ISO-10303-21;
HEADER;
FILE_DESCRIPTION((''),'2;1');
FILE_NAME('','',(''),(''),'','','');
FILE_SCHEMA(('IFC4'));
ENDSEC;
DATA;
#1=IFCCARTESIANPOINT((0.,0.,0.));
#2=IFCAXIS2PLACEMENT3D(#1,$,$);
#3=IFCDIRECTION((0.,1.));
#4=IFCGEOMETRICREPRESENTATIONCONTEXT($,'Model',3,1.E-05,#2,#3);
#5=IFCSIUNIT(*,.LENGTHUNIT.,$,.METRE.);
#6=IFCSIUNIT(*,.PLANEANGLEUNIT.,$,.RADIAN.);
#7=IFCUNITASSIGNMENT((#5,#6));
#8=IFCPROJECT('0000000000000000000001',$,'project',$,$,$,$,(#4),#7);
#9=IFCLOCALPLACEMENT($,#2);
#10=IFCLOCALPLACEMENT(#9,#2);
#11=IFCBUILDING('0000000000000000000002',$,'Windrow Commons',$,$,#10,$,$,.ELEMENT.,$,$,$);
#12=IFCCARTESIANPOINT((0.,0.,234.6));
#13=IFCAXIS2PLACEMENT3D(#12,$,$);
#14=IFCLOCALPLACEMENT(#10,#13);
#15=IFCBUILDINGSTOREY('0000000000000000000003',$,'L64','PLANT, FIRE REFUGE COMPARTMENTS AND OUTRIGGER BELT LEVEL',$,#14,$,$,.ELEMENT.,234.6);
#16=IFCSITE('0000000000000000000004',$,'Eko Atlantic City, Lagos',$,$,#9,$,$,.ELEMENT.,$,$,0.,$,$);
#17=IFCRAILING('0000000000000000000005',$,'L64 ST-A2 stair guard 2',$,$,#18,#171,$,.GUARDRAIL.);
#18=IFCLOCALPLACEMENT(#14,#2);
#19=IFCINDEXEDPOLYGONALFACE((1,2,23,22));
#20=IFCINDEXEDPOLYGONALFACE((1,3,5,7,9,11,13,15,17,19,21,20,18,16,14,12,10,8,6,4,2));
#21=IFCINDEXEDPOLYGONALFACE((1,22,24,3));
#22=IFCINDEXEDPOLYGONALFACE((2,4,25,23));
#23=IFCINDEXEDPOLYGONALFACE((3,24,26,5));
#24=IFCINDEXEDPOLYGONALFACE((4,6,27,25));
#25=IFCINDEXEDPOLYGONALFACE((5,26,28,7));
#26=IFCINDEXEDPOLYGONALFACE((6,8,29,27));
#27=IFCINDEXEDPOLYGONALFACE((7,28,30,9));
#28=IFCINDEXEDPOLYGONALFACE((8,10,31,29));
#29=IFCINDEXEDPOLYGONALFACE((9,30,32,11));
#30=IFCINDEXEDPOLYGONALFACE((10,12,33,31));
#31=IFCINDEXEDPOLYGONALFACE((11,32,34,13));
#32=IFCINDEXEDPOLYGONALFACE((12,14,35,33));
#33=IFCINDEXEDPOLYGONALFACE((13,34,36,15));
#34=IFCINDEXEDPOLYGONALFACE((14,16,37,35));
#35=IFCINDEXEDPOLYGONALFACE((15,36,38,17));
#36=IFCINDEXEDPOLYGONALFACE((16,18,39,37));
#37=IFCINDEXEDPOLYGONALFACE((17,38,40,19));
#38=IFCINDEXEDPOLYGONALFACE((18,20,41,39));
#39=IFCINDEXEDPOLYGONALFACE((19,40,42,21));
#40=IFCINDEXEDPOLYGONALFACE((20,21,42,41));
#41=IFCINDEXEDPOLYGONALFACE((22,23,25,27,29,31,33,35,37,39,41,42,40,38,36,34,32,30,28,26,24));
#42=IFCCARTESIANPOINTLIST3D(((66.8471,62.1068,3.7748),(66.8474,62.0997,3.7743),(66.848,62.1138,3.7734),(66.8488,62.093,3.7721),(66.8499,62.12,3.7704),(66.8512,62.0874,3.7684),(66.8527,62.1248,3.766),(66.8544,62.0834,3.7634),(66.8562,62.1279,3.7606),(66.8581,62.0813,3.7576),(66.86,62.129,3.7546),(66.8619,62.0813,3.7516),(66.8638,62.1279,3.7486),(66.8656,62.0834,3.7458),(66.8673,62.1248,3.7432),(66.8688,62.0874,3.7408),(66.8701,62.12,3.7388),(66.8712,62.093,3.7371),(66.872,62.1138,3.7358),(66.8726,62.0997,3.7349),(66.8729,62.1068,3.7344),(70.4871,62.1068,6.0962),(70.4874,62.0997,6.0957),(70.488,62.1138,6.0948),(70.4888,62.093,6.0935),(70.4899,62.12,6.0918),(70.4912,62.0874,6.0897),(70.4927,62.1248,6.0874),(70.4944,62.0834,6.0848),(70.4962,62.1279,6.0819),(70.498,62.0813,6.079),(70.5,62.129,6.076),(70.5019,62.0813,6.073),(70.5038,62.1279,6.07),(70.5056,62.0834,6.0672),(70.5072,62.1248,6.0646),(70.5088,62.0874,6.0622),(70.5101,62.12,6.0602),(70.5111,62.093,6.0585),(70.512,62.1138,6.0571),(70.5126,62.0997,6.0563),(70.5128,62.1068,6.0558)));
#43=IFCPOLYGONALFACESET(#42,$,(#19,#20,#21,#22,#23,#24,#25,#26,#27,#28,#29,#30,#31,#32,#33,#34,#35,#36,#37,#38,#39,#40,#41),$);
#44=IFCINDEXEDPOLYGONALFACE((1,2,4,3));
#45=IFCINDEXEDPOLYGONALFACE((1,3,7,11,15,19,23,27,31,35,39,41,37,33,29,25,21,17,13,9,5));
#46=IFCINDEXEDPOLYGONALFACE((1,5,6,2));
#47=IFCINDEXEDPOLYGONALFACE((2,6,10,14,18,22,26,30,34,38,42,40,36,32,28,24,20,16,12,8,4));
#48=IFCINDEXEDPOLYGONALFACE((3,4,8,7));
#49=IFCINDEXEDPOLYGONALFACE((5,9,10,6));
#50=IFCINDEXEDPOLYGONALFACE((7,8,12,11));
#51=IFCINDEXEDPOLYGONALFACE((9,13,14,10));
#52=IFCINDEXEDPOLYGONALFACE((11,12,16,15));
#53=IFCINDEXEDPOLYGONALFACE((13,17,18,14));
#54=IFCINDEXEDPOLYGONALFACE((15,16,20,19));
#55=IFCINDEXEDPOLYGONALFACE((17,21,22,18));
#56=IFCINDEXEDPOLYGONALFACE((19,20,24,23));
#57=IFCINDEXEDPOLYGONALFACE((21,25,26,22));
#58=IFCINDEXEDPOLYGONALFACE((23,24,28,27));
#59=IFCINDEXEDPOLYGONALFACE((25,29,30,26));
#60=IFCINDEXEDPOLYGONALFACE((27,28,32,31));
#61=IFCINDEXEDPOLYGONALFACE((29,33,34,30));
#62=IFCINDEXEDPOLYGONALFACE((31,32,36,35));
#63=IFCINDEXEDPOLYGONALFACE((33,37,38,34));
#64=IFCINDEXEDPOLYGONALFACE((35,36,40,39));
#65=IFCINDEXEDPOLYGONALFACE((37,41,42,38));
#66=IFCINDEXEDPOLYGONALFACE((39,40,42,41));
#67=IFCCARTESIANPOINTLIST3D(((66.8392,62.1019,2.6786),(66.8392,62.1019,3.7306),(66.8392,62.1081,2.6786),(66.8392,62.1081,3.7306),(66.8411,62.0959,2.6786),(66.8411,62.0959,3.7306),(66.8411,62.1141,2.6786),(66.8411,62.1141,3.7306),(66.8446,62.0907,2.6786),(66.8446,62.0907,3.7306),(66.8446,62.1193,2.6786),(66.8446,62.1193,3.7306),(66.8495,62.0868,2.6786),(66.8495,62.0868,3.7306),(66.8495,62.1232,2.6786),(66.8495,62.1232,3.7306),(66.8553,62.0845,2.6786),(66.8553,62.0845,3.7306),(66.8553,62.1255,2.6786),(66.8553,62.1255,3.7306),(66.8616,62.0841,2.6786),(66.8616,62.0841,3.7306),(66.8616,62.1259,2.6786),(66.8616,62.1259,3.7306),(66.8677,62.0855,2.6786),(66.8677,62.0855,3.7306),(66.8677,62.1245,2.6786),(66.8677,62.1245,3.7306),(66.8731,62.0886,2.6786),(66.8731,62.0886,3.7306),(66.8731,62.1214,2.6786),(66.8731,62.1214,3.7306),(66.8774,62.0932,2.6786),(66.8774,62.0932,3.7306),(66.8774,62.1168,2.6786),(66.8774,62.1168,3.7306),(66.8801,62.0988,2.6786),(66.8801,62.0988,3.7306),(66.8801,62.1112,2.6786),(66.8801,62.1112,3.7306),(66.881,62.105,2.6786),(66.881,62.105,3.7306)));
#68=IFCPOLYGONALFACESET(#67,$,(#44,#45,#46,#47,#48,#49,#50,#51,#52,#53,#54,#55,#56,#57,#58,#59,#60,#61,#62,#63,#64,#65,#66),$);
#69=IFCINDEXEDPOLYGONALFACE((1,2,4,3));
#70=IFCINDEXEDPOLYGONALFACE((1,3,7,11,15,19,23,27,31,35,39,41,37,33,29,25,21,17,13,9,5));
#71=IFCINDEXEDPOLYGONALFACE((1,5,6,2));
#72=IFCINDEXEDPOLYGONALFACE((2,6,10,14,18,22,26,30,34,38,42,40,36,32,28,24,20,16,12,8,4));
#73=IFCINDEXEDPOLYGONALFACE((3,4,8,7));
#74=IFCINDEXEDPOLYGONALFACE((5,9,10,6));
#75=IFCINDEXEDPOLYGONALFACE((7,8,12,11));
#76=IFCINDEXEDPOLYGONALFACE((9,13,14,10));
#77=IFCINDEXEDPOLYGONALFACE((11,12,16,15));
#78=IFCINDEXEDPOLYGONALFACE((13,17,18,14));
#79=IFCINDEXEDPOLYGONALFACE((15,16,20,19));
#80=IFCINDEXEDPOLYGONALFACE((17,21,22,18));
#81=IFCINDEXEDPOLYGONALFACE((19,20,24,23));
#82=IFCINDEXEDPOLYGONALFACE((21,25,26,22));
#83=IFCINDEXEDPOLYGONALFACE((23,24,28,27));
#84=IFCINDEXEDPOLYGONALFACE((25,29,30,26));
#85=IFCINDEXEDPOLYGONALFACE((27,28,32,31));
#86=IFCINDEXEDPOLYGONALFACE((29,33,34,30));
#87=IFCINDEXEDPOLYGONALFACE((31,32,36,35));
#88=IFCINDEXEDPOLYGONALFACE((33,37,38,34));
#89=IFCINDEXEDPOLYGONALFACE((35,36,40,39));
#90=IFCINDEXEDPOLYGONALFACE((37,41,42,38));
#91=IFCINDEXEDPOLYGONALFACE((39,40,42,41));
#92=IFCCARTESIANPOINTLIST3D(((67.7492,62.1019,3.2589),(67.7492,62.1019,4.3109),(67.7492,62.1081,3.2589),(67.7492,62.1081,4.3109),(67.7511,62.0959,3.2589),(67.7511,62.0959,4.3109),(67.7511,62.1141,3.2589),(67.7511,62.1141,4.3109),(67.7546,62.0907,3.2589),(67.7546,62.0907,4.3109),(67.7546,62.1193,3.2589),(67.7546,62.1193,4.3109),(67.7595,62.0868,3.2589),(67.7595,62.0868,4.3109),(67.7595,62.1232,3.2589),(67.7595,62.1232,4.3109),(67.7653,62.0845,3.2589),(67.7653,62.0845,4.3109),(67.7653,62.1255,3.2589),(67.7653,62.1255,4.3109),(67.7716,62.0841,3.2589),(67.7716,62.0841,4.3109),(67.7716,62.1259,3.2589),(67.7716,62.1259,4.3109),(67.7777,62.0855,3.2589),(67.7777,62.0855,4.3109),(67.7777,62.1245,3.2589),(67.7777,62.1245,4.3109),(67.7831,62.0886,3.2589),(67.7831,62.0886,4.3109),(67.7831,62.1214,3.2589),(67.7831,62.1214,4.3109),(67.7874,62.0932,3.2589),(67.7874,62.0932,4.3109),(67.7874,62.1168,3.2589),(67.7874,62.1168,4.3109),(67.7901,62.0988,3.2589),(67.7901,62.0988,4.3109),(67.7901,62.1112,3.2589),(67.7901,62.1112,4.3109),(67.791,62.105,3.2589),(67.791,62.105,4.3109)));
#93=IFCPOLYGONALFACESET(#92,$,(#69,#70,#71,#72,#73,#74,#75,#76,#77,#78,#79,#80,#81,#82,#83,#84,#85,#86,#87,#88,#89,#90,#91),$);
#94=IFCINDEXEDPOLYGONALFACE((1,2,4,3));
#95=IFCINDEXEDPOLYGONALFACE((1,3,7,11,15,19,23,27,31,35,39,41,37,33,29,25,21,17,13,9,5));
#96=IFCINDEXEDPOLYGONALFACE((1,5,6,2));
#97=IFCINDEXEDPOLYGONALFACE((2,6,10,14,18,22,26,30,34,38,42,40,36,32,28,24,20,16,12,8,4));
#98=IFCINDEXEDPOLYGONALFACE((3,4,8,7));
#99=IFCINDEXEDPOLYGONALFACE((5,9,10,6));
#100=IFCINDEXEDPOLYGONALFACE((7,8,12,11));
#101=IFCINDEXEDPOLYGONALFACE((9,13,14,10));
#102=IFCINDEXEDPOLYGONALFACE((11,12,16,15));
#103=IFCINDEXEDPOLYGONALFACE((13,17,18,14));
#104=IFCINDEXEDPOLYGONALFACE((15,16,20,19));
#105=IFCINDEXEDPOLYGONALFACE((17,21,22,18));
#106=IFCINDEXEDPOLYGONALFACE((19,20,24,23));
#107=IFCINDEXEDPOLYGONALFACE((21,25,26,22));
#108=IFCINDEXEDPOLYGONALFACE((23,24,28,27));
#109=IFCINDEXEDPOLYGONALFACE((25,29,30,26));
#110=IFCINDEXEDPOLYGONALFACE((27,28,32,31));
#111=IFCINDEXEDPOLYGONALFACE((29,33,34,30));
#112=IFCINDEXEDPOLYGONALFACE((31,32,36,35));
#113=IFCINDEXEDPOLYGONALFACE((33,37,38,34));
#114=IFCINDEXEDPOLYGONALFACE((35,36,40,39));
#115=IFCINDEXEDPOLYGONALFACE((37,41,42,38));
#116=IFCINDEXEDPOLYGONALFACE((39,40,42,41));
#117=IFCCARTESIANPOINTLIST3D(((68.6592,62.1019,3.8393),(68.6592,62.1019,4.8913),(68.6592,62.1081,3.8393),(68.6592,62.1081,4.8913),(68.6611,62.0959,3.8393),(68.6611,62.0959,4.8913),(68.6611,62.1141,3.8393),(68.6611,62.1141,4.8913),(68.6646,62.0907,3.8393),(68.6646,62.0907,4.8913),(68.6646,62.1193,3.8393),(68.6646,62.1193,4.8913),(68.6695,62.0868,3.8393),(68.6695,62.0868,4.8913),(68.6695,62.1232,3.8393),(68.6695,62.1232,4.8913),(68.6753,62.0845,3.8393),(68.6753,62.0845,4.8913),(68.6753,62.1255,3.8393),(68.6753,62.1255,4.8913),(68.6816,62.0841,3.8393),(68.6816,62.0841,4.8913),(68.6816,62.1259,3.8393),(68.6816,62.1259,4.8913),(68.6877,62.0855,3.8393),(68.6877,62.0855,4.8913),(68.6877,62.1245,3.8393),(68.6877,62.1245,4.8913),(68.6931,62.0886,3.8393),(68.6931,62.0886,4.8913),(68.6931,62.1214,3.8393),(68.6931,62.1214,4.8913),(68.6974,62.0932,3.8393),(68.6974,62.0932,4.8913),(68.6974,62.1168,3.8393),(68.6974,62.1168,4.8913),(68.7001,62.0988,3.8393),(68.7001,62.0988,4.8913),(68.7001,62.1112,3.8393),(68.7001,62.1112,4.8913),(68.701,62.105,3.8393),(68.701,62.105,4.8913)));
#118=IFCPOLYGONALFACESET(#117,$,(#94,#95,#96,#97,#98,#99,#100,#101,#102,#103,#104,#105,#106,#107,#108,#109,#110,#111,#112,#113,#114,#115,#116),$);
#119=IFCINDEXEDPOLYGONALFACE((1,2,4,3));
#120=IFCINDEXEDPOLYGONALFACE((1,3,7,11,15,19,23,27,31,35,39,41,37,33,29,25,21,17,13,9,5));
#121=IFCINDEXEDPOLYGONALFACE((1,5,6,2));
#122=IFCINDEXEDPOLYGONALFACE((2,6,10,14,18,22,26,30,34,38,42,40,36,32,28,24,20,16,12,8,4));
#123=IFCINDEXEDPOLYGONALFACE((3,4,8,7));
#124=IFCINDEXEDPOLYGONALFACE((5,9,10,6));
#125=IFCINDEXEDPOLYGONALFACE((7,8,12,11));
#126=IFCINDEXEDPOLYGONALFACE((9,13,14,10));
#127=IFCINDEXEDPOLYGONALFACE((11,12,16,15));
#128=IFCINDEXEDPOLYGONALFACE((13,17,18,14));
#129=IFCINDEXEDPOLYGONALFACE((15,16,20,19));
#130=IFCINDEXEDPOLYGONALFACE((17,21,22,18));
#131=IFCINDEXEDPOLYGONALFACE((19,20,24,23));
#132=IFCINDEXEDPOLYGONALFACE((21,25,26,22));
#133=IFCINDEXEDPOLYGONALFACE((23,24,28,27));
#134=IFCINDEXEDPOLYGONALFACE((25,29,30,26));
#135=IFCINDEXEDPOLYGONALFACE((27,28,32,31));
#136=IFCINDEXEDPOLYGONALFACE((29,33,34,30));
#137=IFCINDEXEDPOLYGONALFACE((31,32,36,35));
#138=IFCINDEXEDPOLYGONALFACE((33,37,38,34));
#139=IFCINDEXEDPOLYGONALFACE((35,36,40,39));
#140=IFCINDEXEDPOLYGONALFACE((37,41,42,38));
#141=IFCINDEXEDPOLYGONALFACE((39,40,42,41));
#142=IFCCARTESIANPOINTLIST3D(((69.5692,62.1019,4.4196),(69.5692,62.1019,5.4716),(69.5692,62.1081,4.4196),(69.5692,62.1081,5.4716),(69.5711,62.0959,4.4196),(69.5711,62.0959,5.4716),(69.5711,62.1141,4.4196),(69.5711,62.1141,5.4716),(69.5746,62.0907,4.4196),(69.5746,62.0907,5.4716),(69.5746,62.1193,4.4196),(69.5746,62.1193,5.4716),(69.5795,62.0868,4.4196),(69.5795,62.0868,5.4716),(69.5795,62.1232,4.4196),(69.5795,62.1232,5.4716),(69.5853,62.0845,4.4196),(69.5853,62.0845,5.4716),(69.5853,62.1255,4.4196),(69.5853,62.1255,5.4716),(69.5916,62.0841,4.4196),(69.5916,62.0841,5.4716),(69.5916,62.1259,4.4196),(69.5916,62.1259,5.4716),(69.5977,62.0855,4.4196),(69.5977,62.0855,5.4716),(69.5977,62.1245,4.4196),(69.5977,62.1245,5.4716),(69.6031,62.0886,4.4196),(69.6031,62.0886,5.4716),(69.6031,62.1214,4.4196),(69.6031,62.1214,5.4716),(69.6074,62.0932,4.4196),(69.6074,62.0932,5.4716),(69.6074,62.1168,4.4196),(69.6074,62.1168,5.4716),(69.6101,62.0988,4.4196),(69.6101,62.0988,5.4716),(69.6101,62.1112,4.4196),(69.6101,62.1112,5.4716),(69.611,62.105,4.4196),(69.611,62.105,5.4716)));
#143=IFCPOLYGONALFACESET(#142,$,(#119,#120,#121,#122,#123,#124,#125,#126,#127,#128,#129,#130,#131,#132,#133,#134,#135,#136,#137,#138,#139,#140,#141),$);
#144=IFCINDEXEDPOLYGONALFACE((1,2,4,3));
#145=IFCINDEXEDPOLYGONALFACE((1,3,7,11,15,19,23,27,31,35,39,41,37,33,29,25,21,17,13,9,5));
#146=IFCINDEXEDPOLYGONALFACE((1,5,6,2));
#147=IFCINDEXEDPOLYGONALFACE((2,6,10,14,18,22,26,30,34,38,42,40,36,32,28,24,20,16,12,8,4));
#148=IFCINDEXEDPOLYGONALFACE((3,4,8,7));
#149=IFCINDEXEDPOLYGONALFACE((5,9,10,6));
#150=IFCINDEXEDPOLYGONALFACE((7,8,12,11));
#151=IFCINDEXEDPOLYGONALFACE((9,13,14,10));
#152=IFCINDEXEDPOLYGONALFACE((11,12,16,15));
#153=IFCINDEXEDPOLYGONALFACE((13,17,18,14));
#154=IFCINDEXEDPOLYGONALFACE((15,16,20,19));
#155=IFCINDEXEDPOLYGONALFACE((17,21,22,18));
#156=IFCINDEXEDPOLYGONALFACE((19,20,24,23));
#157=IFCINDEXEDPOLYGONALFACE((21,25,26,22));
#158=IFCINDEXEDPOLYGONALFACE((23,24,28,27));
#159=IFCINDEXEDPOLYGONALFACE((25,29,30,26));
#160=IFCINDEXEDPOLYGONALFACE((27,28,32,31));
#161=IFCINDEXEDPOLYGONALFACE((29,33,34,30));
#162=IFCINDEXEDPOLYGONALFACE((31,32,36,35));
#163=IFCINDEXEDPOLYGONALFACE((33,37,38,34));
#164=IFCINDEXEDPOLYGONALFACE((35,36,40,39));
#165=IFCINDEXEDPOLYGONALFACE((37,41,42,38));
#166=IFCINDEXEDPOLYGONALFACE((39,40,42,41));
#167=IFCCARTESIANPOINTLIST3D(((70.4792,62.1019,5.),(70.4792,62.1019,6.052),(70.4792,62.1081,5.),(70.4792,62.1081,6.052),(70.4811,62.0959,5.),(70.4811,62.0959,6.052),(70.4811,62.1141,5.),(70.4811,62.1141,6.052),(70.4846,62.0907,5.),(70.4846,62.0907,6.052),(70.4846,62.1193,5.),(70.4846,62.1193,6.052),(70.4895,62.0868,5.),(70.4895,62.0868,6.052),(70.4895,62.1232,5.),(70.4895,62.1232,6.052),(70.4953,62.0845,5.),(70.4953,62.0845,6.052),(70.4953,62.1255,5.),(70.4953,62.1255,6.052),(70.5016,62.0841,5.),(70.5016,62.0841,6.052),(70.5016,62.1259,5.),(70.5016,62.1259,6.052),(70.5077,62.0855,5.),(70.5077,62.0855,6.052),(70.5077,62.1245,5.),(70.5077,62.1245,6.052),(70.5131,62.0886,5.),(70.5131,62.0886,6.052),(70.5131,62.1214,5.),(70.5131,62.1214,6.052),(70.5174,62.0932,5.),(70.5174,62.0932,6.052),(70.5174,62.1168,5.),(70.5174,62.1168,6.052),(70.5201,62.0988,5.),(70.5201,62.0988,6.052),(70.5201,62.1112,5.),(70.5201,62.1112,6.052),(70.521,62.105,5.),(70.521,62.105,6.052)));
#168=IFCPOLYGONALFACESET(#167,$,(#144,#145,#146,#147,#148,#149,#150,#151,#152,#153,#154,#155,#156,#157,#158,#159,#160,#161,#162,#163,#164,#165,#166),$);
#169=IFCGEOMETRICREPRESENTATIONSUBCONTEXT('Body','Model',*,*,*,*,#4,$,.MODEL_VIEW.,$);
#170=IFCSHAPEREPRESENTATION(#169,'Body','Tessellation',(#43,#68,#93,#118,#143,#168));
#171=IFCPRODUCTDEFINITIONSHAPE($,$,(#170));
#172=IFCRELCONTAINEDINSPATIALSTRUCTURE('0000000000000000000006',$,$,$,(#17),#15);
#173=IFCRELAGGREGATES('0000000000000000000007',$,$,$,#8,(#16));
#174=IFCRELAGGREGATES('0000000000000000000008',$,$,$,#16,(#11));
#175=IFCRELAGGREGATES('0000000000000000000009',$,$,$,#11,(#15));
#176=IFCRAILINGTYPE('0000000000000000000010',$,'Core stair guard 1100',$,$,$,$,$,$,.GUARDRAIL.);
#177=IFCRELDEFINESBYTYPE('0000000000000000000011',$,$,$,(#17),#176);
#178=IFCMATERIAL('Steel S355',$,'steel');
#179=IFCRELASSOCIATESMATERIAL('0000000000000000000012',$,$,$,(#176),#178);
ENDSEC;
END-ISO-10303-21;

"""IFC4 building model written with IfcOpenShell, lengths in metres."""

from ifc_helpers import new_model, si_unit, direction, frame, origin, origin_2d, place, context, subcontext, project, spatial, circle, extrude, material, type_object, element, save


model = new_model("IFC4")

# Units and contexts
model_context = context("Model", 3, precision=1e-05, world=origin(), true_north=direction((0.0, 1.0)))
body_context = subcontext(model_context, "Body", "Model", "MODEL_VIEW")
ifc_project = project(units=[si_unit("LENGTHUNIT", "METRE"), si_unit("PLANEANGLEUNIT", "RADIAN")], contexts=[model_context])

# Site, building, storey
site_placement = place(None, origin())
site = spatial("IfcSite", under=ifc_project, at=site_placement, Name="Eko Atlantic City, Lagos", CompositionType="ELEMENT", RefElevation=0.0)
building_placement = place(site_placement, origin())
building = spatial("IfcBuilding", under=site, at=building_placement, Name="Windrow Commons", CompositionType="ELEMENT")
storey_placement = place(building_placement, frame((0.0, 0.0, 234.6)))
storey = spatial("IfcBuildingStorey", under=building, at=storey_placement, Name="L64", Description="PLANT, FIRE REFUGE COMPARTMENTS AND OUTRIGGER BELT LEVEL", CompositionType="ELEMENT", Elevation=234.6)

# Railing
ifc_material_1 = material(Name="Steel S355", Category="steel")
railing_type_1 = type_object("IfcRailingType", Name="Core stair guard 1100", PredefinedType="GUARDRAIL", material=ifc_material_1)
railing_1_placement = place(storey_placement, frame((66.86, 62.105, 2.6786)))
element("IfcRailing", 1, at=railing_1_placement, inside=storey, type_object=railing_type_1, Name="L64 ST-A2 stair guard 2", PredefinedType="GUARDRAIL", context=body_context, shape_type="SweptSolid", body=[
    extrude(circle(Radius=0.024, at=origin_2d()), frame((0.0, 0.0, 1.076), z_axis=(0.843133, 0.0, 0.537706), x_axis=(0.0, 1.0, 0.0)), (0.0, 0.0, 1.0), 4.3172),
    extrude(circle(Radius=0.021, at=origin_2d()), origin(), (0.0, 0.0, 1.0), 1.052),
    extrude(circle(Radius=0.021, at=origin_2d()), frame((0.91, 0.0, 0.5803)), (0.0, 0.0, 1.0), 1.052),
    extrude(circle(Radius=0.021, at=origin_2d()), frame((1.82, 0.0, 1.1607)), (0.0, 0.0, 1.0), 1.052),
    extrude(circle(Radius=0.021, at=origin_2d()), frame((2.73, 0.0, 1.741)), (0.0, 0.0, 1.0), 1.052),
    extrude(circle(Radius=0.021, at=origin_2d()), frame((3.64, 0.0, 2.3214)), (0.0, 0.0, 1.0), 1.052),
])

save(model, "model.ifc")
